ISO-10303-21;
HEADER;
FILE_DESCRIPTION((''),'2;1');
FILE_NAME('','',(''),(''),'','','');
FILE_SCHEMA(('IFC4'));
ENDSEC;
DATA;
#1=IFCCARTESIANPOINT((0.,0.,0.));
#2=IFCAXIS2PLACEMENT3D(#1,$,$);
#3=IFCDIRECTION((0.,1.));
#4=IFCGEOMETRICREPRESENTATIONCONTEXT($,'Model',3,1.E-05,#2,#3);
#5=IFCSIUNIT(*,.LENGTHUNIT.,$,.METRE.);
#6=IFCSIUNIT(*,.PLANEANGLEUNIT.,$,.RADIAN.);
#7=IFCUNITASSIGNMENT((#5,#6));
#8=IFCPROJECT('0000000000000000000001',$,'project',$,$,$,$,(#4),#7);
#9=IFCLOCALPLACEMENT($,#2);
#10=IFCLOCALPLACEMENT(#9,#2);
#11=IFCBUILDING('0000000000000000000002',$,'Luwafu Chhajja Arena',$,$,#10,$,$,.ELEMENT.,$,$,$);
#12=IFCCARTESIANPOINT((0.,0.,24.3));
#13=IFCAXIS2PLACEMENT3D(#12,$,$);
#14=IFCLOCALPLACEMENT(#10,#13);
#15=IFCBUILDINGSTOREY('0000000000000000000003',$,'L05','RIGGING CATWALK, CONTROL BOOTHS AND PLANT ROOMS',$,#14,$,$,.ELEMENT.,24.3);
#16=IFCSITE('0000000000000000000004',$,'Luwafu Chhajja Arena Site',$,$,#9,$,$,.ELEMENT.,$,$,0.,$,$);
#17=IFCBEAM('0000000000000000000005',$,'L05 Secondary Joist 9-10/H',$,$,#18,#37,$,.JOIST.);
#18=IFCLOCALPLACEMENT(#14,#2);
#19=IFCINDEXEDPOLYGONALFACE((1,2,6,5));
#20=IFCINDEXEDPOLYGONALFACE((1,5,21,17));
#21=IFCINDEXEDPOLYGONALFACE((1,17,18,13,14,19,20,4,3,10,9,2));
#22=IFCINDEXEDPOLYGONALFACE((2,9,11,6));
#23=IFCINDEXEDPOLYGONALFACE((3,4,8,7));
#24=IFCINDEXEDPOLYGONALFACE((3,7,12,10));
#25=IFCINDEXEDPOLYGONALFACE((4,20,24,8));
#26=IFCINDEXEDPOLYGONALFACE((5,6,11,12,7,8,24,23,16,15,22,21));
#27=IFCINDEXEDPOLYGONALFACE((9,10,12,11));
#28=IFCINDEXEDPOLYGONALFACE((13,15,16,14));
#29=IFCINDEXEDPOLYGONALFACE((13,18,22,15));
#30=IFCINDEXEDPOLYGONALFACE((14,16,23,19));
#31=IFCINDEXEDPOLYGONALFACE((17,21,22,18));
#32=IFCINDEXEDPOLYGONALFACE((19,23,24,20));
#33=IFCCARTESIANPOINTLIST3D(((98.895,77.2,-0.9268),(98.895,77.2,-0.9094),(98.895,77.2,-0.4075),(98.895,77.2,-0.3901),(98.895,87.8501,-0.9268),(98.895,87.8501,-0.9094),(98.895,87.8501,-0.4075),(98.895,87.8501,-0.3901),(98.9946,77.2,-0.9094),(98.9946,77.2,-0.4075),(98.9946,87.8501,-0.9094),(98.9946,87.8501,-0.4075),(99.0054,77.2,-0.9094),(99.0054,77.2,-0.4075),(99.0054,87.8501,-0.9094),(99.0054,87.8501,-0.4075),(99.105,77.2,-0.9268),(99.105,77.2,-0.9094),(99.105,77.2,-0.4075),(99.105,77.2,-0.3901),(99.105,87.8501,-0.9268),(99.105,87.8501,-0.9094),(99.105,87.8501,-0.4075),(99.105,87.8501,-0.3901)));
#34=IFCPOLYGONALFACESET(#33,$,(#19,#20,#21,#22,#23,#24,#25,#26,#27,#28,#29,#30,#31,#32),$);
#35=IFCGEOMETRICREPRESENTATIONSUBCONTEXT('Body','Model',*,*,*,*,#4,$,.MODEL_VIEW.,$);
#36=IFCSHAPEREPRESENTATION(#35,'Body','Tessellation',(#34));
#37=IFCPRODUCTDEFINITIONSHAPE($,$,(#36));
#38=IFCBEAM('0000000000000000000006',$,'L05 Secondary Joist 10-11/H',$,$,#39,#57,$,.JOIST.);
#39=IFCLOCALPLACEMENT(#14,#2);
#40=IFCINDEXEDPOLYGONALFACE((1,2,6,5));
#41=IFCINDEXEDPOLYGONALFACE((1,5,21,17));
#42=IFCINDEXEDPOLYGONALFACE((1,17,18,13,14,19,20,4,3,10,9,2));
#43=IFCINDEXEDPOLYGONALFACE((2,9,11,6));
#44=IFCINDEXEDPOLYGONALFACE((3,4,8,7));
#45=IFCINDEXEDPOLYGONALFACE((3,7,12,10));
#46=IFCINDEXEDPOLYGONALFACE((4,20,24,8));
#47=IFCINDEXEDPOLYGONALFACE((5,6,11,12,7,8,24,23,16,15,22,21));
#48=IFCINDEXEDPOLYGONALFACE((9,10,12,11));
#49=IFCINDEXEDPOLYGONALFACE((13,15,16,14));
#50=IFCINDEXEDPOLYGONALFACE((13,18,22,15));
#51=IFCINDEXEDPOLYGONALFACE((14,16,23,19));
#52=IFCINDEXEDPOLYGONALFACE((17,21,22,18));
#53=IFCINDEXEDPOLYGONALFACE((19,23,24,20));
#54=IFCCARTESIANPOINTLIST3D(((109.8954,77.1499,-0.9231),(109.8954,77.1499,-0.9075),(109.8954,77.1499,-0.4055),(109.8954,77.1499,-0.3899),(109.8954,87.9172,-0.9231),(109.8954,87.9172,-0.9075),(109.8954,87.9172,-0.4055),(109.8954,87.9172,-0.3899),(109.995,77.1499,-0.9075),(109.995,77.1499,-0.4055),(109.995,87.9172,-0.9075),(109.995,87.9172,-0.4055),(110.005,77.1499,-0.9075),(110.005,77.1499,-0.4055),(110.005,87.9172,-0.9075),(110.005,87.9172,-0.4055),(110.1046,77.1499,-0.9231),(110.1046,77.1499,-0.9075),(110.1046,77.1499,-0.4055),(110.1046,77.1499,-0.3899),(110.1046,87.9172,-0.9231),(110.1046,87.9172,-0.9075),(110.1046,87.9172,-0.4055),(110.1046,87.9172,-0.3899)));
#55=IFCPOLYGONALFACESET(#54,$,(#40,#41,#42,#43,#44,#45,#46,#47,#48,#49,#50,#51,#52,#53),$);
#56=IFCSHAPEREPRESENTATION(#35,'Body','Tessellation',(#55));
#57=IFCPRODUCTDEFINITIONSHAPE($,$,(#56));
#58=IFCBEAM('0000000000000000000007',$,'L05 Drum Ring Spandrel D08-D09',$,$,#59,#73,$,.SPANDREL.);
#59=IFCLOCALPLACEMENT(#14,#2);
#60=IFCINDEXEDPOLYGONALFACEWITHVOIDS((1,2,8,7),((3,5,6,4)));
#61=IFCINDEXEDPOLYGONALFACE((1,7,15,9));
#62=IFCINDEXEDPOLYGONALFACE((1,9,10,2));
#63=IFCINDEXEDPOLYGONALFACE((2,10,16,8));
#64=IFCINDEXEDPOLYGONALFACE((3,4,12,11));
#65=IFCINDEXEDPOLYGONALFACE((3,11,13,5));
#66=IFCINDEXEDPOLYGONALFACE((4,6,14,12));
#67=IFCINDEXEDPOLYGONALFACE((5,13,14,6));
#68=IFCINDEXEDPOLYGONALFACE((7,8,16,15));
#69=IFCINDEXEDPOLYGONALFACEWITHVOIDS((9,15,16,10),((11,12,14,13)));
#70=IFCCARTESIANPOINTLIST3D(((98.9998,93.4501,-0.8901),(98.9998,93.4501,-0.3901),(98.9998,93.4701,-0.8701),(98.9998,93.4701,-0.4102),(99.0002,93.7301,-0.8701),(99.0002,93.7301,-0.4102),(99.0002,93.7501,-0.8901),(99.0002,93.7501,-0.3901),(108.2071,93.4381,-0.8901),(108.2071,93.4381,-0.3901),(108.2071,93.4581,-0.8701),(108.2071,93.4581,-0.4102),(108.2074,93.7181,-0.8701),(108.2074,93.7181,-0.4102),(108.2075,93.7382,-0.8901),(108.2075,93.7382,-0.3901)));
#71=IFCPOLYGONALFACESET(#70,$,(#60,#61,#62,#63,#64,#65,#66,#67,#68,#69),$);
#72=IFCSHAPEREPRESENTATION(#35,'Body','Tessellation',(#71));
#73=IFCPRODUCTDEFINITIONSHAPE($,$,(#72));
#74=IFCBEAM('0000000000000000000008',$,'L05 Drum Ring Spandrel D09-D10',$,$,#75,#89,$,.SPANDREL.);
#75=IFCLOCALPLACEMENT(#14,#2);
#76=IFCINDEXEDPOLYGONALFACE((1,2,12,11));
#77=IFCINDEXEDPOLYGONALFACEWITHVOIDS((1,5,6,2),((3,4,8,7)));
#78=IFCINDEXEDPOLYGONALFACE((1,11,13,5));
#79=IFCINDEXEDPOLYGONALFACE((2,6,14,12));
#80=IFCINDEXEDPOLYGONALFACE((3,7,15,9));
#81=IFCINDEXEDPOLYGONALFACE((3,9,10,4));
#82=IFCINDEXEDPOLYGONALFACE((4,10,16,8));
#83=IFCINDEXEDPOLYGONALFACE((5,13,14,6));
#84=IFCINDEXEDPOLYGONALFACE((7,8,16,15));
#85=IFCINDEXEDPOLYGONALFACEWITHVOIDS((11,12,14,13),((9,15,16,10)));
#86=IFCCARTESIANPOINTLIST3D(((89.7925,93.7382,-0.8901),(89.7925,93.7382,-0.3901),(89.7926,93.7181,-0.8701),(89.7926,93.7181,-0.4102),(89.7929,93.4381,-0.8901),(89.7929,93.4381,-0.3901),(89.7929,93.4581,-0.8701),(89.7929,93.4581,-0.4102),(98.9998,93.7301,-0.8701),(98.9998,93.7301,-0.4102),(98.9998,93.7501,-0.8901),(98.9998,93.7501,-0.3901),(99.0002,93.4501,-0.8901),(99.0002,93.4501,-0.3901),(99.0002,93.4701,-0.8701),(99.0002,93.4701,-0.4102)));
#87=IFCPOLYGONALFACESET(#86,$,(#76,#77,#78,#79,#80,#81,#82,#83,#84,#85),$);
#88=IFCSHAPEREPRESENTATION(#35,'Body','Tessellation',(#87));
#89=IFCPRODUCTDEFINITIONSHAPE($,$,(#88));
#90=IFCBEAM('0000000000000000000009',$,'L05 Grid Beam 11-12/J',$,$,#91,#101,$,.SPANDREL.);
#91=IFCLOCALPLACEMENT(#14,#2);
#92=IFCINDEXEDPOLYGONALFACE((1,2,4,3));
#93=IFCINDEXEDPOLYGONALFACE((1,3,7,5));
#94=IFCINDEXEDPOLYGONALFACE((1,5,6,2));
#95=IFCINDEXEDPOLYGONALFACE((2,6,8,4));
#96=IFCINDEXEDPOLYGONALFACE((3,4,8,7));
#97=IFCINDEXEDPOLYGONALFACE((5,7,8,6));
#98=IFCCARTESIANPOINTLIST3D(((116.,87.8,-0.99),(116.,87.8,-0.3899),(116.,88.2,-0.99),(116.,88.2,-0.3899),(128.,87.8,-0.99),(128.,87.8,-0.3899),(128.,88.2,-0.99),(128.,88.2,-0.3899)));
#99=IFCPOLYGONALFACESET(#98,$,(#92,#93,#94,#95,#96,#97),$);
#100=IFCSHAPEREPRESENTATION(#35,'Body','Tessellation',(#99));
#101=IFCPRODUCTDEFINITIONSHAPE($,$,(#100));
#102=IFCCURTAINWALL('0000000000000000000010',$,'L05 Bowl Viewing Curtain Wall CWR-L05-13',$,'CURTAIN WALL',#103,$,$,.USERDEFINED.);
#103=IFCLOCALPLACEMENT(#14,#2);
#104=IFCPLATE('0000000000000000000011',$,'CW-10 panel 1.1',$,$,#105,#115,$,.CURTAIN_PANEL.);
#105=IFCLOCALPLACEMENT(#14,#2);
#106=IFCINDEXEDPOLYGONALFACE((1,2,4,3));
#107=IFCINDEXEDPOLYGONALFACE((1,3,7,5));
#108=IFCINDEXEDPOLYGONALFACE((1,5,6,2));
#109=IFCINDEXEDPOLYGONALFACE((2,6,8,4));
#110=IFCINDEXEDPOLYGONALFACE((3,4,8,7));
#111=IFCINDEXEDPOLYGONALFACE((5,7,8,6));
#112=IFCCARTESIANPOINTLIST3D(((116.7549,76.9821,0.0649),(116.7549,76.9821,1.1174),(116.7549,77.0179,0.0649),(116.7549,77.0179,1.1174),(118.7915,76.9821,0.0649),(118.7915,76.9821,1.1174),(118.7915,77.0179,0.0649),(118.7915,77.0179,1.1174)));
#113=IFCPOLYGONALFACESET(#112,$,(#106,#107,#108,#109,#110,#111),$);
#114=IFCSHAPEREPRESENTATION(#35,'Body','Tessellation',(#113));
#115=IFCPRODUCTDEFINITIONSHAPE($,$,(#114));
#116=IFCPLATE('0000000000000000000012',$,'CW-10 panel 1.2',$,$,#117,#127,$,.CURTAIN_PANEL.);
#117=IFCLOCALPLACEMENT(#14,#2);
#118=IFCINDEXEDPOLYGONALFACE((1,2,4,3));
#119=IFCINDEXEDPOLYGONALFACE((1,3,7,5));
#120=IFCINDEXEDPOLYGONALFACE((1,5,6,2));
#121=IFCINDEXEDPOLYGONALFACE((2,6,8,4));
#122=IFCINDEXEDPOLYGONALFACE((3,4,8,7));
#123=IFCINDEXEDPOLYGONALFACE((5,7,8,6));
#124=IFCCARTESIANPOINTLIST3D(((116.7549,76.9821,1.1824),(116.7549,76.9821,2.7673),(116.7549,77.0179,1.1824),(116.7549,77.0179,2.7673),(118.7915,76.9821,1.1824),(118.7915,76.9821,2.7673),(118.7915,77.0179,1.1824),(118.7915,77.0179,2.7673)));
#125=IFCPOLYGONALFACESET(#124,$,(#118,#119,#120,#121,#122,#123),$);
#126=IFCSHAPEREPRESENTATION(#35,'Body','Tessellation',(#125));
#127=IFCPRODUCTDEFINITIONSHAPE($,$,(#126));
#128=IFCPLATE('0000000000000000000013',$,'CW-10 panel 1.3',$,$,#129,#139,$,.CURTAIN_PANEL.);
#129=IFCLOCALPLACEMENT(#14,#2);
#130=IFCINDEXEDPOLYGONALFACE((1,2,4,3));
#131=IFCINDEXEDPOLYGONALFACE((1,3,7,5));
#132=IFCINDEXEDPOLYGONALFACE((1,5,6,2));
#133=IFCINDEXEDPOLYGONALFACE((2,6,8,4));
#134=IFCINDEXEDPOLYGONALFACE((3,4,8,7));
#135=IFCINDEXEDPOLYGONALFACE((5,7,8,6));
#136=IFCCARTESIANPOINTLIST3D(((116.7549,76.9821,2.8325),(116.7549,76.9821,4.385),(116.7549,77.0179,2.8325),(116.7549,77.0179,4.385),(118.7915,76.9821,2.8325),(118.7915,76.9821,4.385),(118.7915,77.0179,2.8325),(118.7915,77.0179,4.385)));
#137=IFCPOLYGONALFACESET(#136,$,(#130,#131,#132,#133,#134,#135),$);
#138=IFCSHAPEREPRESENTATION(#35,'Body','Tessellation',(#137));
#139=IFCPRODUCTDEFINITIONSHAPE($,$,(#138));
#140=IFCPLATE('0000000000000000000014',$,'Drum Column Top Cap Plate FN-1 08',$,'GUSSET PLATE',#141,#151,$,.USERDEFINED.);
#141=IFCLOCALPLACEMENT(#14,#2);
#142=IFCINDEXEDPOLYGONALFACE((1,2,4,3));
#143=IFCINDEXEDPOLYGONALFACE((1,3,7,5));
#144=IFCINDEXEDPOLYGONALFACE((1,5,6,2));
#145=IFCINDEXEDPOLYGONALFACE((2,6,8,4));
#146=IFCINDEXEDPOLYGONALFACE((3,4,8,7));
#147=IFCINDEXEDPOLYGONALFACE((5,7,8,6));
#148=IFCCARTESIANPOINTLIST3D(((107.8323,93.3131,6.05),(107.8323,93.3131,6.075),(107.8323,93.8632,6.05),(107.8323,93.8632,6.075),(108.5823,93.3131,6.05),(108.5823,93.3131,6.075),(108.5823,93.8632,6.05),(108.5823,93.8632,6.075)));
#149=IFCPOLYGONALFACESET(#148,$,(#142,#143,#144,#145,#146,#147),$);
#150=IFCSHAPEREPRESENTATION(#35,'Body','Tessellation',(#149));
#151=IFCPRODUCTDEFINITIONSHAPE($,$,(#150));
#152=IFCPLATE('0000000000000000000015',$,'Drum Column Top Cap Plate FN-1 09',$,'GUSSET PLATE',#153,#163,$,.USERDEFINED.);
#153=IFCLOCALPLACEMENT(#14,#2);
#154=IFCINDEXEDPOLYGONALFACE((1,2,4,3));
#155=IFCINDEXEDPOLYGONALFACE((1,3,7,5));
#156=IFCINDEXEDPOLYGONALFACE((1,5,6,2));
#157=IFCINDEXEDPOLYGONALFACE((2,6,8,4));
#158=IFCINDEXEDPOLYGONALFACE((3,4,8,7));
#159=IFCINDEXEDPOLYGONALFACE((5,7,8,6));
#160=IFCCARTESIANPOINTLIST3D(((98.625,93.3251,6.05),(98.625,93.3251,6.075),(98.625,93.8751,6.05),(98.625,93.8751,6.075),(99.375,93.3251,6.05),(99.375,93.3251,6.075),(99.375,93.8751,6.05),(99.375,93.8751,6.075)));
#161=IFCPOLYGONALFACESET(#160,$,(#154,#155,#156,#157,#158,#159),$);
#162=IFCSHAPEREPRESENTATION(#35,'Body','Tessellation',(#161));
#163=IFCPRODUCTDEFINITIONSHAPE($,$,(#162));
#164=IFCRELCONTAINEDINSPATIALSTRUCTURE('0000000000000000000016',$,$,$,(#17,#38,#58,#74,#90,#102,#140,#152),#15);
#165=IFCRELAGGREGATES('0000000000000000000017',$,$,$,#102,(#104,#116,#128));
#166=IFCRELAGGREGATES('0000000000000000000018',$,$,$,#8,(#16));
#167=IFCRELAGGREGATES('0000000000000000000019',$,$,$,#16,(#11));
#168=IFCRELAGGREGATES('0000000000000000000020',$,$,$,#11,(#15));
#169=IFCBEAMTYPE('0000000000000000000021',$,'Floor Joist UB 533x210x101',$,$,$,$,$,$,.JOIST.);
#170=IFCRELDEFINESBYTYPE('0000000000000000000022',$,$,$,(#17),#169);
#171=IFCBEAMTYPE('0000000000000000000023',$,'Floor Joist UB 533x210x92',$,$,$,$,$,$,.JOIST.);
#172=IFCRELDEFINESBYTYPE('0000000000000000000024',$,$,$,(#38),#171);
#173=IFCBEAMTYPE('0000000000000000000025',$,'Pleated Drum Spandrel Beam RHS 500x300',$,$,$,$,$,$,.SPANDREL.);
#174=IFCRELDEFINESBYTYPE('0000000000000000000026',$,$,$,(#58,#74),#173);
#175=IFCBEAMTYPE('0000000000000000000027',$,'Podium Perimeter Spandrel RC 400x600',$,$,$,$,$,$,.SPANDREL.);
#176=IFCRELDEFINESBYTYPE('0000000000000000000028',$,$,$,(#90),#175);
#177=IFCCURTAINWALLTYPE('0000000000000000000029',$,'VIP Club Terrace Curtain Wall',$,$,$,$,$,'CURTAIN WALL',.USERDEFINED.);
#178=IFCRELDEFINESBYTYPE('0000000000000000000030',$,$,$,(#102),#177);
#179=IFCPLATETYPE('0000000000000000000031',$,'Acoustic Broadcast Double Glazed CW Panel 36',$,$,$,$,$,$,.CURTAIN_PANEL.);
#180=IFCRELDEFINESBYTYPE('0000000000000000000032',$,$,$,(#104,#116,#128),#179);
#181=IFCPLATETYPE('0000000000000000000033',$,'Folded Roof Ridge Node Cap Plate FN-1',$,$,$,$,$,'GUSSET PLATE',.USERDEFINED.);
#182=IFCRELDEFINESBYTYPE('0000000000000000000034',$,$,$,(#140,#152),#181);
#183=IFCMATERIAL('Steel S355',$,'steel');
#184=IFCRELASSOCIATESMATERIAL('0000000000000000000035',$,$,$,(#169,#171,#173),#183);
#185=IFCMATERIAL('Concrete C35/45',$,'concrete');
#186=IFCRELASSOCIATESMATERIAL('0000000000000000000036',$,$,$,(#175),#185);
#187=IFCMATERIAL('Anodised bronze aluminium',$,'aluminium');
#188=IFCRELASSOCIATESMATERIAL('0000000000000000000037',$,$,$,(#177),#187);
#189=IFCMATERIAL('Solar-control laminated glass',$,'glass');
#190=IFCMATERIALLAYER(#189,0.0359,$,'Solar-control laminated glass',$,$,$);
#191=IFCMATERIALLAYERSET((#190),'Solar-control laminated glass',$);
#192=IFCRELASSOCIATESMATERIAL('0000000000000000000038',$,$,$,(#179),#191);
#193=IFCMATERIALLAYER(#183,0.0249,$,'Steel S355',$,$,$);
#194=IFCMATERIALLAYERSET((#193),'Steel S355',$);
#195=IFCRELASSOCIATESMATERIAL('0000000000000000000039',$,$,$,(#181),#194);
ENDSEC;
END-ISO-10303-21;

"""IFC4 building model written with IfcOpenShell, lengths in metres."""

from ifc_helpers import new_model, si_unit, direction, frame, origin, origin_2d, place, context, subcontext, project, spatial, rectangle, hollow_rectangle, i_section, extrude, material, layer, layer_set, material_profile, profile_set, type_object, element, aggregate, save


model = new_model("IFC4")

# Units and contexts
model_context = context("Model", 3, precision=1e-05, world=origin(), true_north=direction((0.0, 1.0)))
body_context = subcontext(model_context, "Body", "Model", "MODEL_VIEW")
ifc_project = project(units=[si_unit("LENGTHUNIT", "METRE"), si_unit("PLANEANGLEUNIT", "RADIAN")], contexts=[model_context])

# Site, building, storey
site_placement = place(None, origin())
site = spatial("IfcSite", under=ifc_project, at=site_placement, Name="Luwafu Chhajja Arena Site", CompositionType="ELEMENT", RefElevation=0.0)
building_placement = place(site_placement, origin())
building = spatial("IfcBuilding", under=site, at=building_placement, Name="Luwafu Chhajja Arena", CompositionType="ELEMENT")
storey_placement = place(building_placement, frame((0.0, 0.0, 24.3)))
storey = spatial("IfcBuildingStorey", under=building, at=storey_placement, Name="L05", Description="RIGGING CATWALK, CONTROL BOOTHS AND PLANT ROOMS", CompositionType="ELEMENT", Elevation=24.3)

# Shared definitions
ifc_material_1 = material(Name="Steel S355", Category="steel")

# Beams
ifc_material_profile_1 = material_profile(ifc_material_1, i_section(OverallWidth=0.21, OverallDepth=0.5366, WebThickness=0.0107, FlangeThickness=0.0173, at=origin_2d()), Name="UB 533x210x101")
ifc_profile_set_1 = profile_set([ifc_material_profile_1], Name="Steel S355")
beam_type_1 = type_object("IfcBeamType", Name="Floor Joist UB 533x210x101", PredefinedType="JOIST", material=ifc_profile_set_1)
beam_1_placement = place(storey_placement, frame((99.0, 77.2, -0.6584), z_axis=(0.0, 1.0, 0.0), x_axis=(-1.0, 0.0, 0.0)))
element("IfcBeam", 1, at=beam_1_placement, inside=storey, type_object=beam_type_1, Name="L05 Secondary Joist 9-10/H", PredefinedType="JOIST", context=body_context, shape_type="SweptSolid", body=[
    extrude(i_section(OverallWidth=0.21, OverallDepth=0.5366, WebThickness=0.0107, FlangeThickness=0.0173, at=origin_2d()), origin(), (0.0, 0.0, 1.0), 10.6501),
])
ifc_material_profile_2 = material_profile(ifc_material_1, i_section(OverallWidth=0.2092, OverallDepth=0.5332, WebThickness=0.01, FlangeThickness=0.0156, at=origin_2d()), Name="UB 533x210x92")
ifc_profile_set_2 = profile_set([ifc_material_profile_2], Name="Steel S355")
beam_type_2 = type_object("IfcBeamType", Name="Floor Joist UB 533x210x92", PredefinedType="JOIST", material=ifc_profile_set_2)
beam_2_placement = place(storey_placement, frame((110.0, 77.1499, -0.6565), z_axis=(0.0, 1.0, 0.0), x_axis=(-1.0, 0.0, 0.0)))
element("IfcBeam", 2, at=beam_2_placement, inside=storey, type_object=beam_type_2, Name="L05 Secondary Joist 10-11/H", PredefinedType="JOIST", context=body_context, shape_type="SweptSolid", body=[
    extrude(i_section(OverallWidth=0.2092, OverallDepth=0.5332, WebThickness=0.01, FlangeThickness=0.0156, at=origin_2d()), origin(), (0.0, 0.0, 1.0), 10.7673),
])
ifc_material_profile_3 = material_profile(ifc_material_1, hollow_rectangle(XDim=0.3, YDim=0.5, WallThickness=0.02, at=origin_2d()), Name="RHS 500x300x20")
ifc_profile_set_3 = profile_set([ifc_material_profile_3], Name="Steel S355")
beam_type_3 = type_object("IfcBeamType", Name="Pleated Drum Spandrel Beam RHS 500x300", PredefinedType="SPANDREL", material=ifc_profile_set_3)
for number, where, z_axis, x_axis, name in (
    (3, (108.2073, 93.5881, -0.6401), (-0.999999, 0.001299, 0.0), (-0.001299, -0.999999, 0.0), "L05 Drum Ring Spandrel D08-D09"),
    (4, (99.0, 93.6001, -0.6401), (-0.999999, -0.001299, 0.0), (0.001299, -0.999999, 0.0), "L05 Drum Ring Spandrel D09-D10"),
):
    element("IfcBeam", number, at=place(storey_placement, frame(where, z_axis=z_axis, x_axis=x_axis)), inside=storey, type_object=beam_type_3, Name=name, PredefinedType="SPANDREL", context=body_context, shape_type="SweptSolid", body=[
        extrude(hollow_rectangle(XDim=0.3, YDim=0.5, WallThickness=0.02, at=origin_2d()), origin(), (0.0, 0.0, 1.0), 9.2073),
    ])
ifc_material_2 = material(Name="Concrete C35/45", Category="concrete")
ifc_material_profile_4 = material_profile(ifc_material_2, rectangle(XDim=0.3999, YDim=0.6001, at=origin_2d()), Name="RC 400x600")
ifc_profile_set_4 = profile_set([ifc_material_profile_4], Name="Concrete C35/45")
beam_type_4 = type_object("IfcBeamType", Name="Podium Perimeter Spandrel RC 400x600", PredefinedType="SPANDREL", material=ifc_profile_set_4)
beam_3_placement = place(storey_placement, frame((116.0, 88.0, -0.6899), z_axis=(1.0, 0.0, 0.0), x_axis=(0.0, 1.0, 0.0)))
element("IfcBeam", 5, at=beam_3_placement, inside=storey, type_object=beam_type_4, Name="L05 Grid Beam 11-12/J", PredefinedType="SPANDREL", context=body_context, shape_type="SweptSolid", body=[
    extrude(rectangle(XDim=0.3999, YDim=0.6001, at=origin_2d()), origin(), (0.0, 0.0, 1.0), 12.0),
])

# Curtain wall, plates
ifc_material_3 = material(Name="Anodised bronze aluminium", Category="aluminium")
curtain_wall_type = type_object("IfcCurtainWallType", Name="VIP Club Terrace Curtain Wall", ElementType="CURTAIN WALL", PredefinedType="USERDEFINED", material=ifc_material_3)
curtain_wall_placement = place(storey_placement, origin())
curtain_wall = element("IfcCurtainWall", 6, at=curtain_wall_placement, inside=storey, type_object=curtain_wall_type, Name="L05 Bowl Viewing Curtain Wall CWR-L05-13", ObjectType="CURTAIN WALL", PredefinedType="USERDEFINED")
ifc_material_4 = material(Name="Solar-control laminated glass", Category="glass")
ifc_layer_1 = layer(ifc_material_4, 0.0359, Name="Solar-control laminated glass")
ifc_layer_set_1 = layer_set([ifc_layer_1], Name="Solar-control laminated glass")
plate_type_1 = type_object("IfcPlateType", Name="Acoustic Broadcast Double Glazed CW Panel 36", PredefinedType="CURTAIN_PANEL", material=ifc_layer_set_1)
plate_1_placement = place(storey_placement, frame((117.7732, 77.0, 0.0649), z_axis=(0.0, 0.0, 1.0), x_axis=(1.0, 0.0, 0.0)))
plate_1 = element("IfcPlate", 7, at=plate_1_placement, type_object=plate_type_1, Name="CW-10 panel 1.1", PredefinedType="CURTAIN_PANEL", context=body_context, shape_type="SweptSolid", body=[
    extrude(rectangle(XDim=2.0366, YDim=0.0359, at=origin_2d()), origin(), (0.0, 0.0, 1.0), 1.0525),
])
plate_2_placement = place(storey_placement, frame((117.7732, 77.0, 1.1824), z_axis=(0.0, 0.0, 1.0), x_axis=(1.0, 0.0, 0.0)))
plate_2 = element("IfcPlate", 8, at=plate_2_placement, type_object=plate_type_1, Name="CW-10 panel 1.2", PredefinedType="CURTAIN_PANEL", context=body_context, shape_type="SweptSolid", body=[
    extrude(rectangle(XDim=2.0366, YDim=0.0359, at=origin_2d()), origin(), (0.0, 0.0, 1.0), 1.585),
])
plate_3_placement = place(storey_placement, frame((117.7732, 77.0, 2.8325), z_axis=(0.0, 0.0, 1.0), x_axis=(1.0, 0.0, 0.0)))
plate_3 = element("IfcPlate", 9, at=plate_3_placement, type_object=plate_type_1, Name="CW-10 panel 1.3", PredefinedType="CURTAIN_PANEL", context=body_context, shape_type="SweptSolid", body=[
    extrude(rectangle(XDim=2.0366, YDim=0.0359, at=origin_2d()), origin(), (0.0, 0.0, 1.0), 1.5525),
])
aggregate(curtain_wall, [plate_1, plate_2, plate_3])

# Plates
ifc_layer_2 = layer(ifc_material_1, 0.0249, Name="Steel S355")
ifc_layer_set_2 = layer_set([ifc_layer_2], Name="Steel S355")
plate_type_2 = type_object("IfcPlateType", Name="Folded Roof Ridge Node Cap Plate FN-1", ElementType="GUSSET PLATE", PredefinedType="USERDEFINED", material=ifc_layer_set_2)
for number, where, z_axis, x_axis, name in (
    (10, (108.2073, 93.5881, 6.05), (0.0, 0.0, 1.0), (1.0, 0.0, 0.0), "Drum Column Top Cap Plate FN-1 08"),
    (11, (99.0, 93.6001, 6.05), (0.0, 0.0, 1.0), (1.0, 0.0, 0.0), "Drum Column Top Cap Plate FN-1 09"),
):
    element("IfcPlate", number, at=place(storey_placement, frame(where, z_axis=z_axis, x_axis=x_axis)), inside=storey, type_object=plate_type_2, Name=name, ObjectType="GUSSET PLATE", PredefinedType="USERDEFINED", context=body_context, shape_type="SweptSolid", body=[
        extrude(rectangle(XDim=0.75, YDim=0.55, at=origin_2d()), origin(), (0.0, 0.0, 1.0), 0.0249),
    ])

save(model, "model.ifc")
